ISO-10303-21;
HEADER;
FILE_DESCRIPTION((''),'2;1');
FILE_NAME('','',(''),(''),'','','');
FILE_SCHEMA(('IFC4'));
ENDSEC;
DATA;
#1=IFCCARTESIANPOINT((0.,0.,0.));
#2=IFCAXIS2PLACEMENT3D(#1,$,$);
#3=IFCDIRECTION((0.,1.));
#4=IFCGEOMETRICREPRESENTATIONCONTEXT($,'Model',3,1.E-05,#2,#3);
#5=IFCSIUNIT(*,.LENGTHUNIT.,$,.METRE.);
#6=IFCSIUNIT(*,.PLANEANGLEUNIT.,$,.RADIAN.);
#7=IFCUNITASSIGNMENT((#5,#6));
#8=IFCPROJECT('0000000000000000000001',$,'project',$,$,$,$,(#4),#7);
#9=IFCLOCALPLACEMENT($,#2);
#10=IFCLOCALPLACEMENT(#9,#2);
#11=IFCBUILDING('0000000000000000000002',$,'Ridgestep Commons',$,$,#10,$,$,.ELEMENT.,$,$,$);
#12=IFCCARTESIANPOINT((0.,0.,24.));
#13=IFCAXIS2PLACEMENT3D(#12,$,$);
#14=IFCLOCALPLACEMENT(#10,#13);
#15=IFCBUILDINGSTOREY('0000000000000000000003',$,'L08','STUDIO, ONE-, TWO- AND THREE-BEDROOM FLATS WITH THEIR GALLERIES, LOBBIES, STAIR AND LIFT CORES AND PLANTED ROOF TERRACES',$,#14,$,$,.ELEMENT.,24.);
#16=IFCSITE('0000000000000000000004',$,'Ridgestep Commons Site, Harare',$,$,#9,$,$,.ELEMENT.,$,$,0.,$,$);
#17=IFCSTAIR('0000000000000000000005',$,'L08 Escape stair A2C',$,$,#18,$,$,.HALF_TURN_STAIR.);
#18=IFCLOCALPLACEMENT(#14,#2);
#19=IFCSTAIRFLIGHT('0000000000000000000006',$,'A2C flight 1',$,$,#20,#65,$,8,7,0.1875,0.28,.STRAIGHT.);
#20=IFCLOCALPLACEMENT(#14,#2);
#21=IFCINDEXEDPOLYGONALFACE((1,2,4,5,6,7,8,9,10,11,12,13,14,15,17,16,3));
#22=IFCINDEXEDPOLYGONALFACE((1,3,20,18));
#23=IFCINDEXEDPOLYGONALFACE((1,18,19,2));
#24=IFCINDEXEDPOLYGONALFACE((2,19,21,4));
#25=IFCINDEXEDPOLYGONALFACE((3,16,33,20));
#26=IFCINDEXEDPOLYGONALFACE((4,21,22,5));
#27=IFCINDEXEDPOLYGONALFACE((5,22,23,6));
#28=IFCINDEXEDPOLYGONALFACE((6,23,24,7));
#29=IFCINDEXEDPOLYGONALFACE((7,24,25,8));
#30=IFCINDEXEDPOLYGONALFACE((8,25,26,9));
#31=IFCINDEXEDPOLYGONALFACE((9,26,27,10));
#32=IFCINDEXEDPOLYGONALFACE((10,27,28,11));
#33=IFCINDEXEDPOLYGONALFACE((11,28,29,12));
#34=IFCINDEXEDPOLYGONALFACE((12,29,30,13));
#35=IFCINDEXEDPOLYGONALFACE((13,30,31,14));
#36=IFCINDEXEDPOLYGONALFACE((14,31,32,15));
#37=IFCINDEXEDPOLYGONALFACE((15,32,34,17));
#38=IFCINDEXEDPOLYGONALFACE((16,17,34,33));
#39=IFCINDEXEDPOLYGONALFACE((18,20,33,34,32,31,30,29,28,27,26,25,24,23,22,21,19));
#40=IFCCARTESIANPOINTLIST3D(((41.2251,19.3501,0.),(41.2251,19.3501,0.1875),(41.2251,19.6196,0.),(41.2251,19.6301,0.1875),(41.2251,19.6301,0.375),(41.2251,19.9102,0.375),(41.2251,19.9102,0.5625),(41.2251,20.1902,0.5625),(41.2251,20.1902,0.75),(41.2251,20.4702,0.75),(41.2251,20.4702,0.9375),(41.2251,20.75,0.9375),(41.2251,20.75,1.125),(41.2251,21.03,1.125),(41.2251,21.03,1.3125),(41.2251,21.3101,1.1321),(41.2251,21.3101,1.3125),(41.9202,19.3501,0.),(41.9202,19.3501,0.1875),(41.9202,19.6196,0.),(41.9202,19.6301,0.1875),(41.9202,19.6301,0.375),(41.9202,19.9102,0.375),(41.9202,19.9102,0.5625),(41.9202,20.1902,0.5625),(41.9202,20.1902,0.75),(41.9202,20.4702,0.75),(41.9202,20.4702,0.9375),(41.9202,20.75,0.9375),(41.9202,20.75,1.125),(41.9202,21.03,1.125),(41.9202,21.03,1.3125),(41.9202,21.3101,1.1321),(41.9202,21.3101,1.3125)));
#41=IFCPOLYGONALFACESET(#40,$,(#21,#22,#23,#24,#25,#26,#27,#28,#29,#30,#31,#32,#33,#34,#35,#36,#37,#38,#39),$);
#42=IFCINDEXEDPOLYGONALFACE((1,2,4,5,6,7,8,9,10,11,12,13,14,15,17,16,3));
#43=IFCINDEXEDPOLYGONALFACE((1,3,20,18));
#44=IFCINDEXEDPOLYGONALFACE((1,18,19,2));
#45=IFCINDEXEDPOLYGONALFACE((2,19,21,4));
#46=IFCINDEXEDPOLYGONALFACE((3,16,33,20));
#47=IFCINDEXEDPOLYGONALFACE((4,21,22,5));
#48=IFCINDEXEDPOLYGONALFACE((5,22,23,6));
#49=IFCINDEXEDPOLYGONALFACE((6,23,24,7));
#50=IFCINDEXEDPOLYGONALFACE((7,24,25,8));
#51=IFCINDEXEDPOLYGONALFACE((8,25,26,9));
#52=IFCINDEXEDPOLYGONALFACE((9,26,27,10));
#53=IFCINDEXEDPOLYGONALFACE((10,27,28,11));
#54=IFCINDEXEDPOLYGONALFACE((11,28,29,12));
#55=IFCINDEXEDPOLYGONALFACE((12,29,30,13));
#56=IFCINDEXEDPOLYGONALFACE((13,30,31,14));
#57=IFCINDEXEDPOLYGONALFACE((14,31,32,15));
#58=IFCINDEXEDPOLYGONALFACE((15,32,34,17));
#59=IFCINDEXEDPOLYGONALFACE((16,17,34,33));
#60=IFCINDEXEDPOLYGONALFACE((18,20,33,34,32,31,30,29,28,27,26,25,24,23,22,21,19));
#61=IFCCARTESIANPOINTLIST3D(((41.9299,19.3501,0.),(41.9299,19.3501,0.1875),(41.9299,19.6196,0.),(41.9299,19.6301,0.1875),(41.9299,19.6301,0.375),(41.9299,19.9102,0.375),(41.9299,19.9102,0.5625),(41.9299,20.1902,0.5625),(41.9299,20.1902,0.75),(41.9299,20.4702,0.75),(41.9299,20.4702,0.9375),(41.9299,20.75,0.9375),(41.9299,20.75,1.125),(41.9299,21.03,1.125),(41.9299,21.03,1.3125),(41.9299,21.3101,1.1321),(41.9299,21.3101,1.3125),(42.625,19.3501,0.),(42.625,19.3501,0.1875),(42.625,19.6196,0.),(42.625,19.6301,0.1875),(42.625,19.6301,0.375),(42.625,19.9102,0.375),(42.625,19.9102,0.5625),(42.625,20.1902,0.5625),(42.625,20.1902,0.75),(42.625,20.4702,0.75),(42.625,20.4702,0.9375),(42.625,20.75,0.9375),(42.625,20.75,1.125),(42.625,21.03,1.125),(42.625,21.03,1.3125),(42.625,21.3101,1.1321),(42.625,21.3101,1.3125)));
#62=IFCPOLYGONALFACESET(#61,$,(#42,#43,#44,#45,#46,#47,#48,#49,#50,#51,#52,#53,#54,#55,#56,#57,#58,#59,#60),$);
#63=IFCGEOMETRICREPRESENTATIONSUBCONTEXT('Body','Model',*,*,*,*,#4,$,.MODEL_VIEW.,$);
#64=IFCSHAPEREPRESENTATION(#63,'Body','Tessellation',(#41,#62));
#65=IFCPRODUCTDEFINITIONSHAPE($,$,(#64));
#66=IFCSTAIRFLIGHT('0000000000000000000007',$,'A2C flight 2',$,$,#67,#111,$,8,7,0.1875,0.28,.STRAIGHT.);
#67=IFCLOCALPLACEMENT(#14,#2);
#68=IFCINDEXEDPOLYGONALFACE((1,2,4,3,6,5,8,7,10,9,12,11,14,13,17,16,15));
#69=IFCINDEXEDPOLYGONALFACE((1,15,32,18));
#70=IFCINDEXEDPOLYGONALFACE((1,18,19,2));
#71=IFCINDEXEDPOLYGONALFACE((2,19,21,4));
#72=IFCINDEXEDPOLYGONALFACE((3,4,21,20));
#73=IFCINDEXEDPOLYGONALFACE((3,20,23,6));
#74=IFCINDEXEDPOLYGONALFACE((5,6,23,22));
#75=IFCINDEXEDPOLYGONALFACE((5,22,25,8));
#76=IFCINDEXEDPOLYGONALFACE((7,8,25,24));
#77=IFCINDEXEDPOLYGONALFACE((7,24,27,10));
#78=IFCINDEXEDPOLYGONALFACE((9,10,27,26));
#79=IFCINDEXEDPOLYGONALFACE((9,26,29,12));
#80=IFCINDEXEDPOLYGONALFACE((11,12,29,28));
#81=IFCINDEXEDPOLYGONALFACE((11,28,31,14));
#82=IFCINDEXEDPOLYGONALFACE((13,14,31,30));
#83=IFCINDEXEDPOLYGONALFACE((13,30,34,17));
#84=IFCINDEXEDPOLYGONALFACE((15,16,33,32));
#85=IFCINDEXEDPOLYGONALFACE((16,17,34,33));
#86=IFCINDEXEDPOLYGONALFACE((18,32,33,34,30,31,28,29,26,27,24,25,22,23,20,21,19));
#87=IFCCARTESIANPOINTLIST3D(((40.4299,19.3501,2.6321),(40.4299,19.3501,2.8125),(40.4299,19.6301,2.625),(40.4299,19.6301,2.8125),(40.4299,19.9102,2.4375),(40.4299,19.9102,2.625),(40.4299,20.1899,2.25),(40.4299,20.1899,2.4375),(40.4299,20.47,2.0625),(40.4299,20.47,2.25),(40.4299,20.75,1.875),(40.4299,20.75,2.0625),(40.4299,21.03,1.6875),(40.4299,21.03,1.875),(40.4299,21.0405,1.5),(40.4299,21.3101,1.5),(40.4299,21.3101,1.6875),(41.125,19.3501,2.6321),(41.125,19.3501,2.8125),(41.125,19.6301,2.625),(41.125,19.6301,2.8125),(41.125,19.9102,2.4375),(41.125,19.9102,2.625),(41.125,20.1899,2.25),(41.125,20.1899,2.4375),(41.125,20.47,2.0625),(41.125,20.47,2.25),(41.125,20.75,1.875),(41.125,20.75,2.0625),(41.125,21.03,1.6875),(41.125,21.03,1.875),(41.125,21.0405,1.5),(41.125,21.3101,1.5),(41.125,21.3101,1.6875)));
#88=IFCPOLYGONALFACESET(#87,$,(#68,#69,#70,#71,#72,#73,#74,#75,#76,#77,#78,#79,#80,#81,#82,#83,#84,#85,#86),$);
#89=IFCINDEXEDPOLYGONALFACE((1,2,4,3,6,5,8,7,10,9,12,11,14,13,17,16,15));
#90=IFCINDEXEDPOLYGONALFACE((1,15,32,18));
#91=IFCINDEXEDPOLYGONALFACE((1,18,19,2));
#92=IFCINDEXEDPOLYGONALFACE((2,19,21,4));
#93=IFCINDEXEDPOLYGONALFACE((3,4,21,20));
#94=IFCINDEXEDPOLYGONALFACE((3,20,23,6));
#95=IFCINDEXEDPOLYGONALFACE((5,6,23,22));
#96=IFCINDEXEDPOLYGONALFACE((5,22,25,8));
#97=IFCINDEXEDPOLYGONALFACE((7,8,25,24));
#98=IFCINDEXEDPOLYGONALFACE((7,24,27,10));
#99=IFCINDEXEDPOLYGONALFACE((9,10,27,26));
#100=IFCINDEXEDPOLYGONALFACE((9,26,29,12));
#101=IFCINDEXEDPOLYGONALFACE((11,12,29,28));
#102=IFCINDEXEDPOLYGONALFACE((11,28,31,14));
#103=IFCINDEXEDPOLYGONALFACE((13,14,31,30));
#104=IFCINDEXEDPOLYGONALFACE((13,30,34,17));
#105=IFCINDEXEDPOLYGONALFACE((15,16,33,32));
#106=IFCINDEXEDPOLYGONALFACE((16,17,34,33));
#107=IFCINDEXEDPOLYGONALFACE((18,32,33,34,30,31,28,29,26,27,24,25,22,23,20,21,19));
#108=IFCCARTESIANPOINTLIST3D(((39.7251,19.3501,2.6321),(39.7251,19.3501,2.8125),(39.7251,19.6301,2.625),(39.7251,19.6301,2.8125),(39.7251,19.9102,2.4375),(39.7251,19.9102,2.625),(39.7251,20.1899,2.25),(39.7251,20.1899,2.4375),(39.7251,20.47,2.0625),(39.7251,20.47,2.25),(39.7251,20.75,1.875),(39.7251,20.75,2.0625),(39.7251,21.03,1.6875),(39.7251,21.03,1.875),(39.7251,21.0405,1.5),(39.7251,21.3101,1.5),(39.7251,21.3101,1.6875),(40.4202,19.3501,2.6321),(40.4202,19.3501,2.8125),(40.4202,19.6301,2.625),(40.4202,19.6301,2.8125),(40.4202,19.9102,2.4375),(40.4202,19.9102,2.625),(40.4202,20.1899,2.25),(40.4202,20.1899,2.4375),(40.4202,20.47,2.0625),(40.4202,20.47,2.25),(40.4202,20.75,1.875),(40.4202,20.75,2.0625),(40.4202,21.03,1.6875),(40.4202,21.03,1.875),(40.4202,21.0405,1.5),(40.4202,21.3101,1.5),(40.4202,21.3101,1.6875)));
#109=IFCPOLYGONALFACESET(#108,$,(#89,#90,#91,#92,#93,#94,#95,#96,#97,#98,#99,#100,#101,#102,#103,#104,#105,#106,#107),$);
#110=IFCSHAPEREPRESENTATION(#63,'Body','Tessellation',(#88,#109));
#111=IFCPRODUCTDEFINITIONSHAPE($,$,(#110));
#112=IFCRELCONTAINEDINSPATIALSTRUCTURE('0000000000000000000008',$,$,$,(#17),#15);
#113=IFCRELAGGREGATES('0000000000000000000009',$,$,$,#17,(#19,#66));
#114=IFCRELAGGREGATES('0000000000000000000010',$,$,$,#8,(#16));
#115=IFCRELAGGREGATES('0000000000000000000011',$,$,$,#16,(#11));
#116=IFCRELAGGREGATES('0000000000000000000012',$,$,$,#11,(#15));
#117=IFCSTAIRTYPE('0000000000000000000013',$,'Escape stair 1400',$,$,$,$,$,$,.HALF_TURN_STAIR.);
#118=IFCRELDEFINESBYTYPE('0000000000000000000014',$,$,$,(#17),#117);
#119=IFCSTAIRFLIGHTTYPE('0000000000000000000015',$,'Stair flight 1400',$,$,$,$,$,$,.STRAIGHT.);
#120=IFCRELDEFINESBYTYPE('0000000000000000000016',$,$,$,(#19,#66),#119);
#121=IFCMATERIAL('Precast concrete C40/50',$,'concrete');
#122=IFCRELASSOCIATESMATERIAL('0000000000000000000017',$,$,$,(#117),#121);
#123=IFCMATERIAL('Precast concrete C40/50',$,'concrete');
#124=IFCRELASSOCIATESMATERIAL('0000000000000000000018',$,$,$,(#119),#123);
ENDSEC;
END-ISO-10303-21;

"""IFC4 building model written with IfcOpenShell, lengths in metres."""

from ifc_helpers import new_model, si_unit, direction, frame, origin, place, context, subcontext, project, spatial, polyline, outline, extrude, material, type_object, element, aggregate, save


model = new_model("IFC4")

# Units and contexts
model_context = context("Model", 3, precision=1e-05, world=origin(), true_north=direction((0.0, 1.0)))
body_context = subcontext(model_context, "Body", "Model", "MODEL_VIEW")
ifc_project = project(units=[si_unit("LENGTHUNIT", "METRE"), si_unit("PLANEANGLEUNIT", "RADIAN")], contexts=[model_context])

# Site, building, storey
site_placement = place(None, origin())
site = spatial("IfcSite", under=ifc_project, at=site_placement, Name="Ridgestep Commons Site, Harare", CompositionType="ELEMENT", RefElevation=0.0)
building_placement = place(site_placement, origin())
building = spatial("IfcBuilding", under=site, at=building_placement, Name="Ridgestep Commons", CompositionType="ELEMENT")
storey_placement = place(building_placement, frame((0.0, 0.0, 24.0)))
storey = spatial("IfcBuildingStorey", under=building, at=storey_placement, Name="L08", Description="STUDIO, ONE-, TWO- AND THREE-BEDROOM FLATS WITH THEIR GALLERIES, LOBBIES, STAIR AND LIFT CORES AND PLANTED ROOF TERRACES", CompositionType="ELEMENT", Elevation=24.0)

# Stair, stair flights
ifc_material_1 = material(Name="Precast concrete C40/50", Category="concrete")
stair_type = type_object("IfcStairType", Name="Escape stair 1400", PredefinedType="HALF_TURN_STAIR", material=ifc_material_1)
stair_placement = place(storey_placement, origin())
stair = element("IfcStair", 1, at=stair_placement, inside=storey, type_object=stair_type, Name="L08 Escape stair A2C", PredefinedType="HALF_TURN_STAIR")
ifc_material_2 = material(Name="Precast concrete C40/50", Category="concrete")
stair_flight_type = type_object("IfcStairFlightType", Name="Stair flight 1400", PredefinedType="STRAIGHT", material=ifc_material_2)
stair_flight_1_placement = place(storey_placement, frame((41.925, 19.3501, 0.0), z_axis=(0.0, 0.0, 1.0), x_axis=(0.0, 1.0, 0.0)))
stair_flight_1 = element("IfcStairFlight", 2, at=stair_flight_1_placement, type_object=stair_flight_type, Name="A2C flight 1", NumberOfRisers=8, NumberOfTreads=7, PredefinedType="STRAIGHT", RiserHeight=0.1875, TreadLength=0.28, context=body_context, shape_type="SweptSolid", body=[
    extrude(outline(polyline([(0.0, 0.0), (0.0, 0.1875), (0.28, 0.1875), (0.28, 0.375), (0.5601, 0.375), (0.5601, 0.5625), (0.8401, 0.5625), (0.8401, 0.75), (1.1201, 0.75), (1.1201, 0.9375), (1.3999, 0.9375), (1.3999, 1.125), (1.6799, 1.125), (1.6799, 1.3125), (1.96, 1.3125), (1.96, 1.5), (1.96, 1.1321), (0.2695, 0.0), (0.0, 0.0)])), frame((0.0, 0.7, 0.0), z_axis=(0.0, -1.0, 0.0), x_axis=(1.0, 0.0, 0.0)), (0.0, 0.0, 1.0), 0.6951),
    extrude(outline(polyline([(0.0, 0.0), (0.0, 0.1875), (0.28, 0.1875), (0.28, 0.375), (0.5601, 0.375), (0.5601, 0.5625), (0.8401, 0.5625), (0.8401, 0.75), (1.1201, 0.75), (1.1201, 0.9375), (1.3999, 0.9375), (1.3999, 1.125), (1.6799, 1.125), (1.6799, 1.3125), (1.96, 1.3125), (1.96, 1.5), (1.96, 1.1321), (0.2695, 0.0), (0.0, 0.0)])), frame((0.0, -0.0049, 0.0), z_axis=(0.0, -1.0, 0.0), x_axis=(1.0, 0.0, 0.0)), (0.0, 0.0, 1.0), 0.6951),
])
stair_flight_2_placement = place(storey_placement, frame((40.425, 21.3101, 1.5), z_axis=(0.0, 0.0, 1.0), x_axis=(0.0, -1.0, 0.0)))
stair_flight_2 = element("IfcStairFlight", 3, at=stair_flight_2_placement, type_object=stair_flight_type, Name="A2C flight 2", NumberOfRisers=8, NumberOfTreads=7, PredefinedType="STRAIGHT", RiserHeight=0.1875, TreadLength=0.28, context=body_context, shape_type="SweptSolid", body=[
    extrude(outline(polyline([(0.0, 0.0), (0.0, 0.1875), (0.28, 0.1875), (0.28, 0.375), (0.5601, 0.375), (0.5601, 0.5625), (0.8401, 0.5625), (0.8401, 0.75), (1.1201, 0.75), (1.1201, 0.9375), (1.3999, 0.9375), (1.3999, 1.125), (1.6799, 1.125), (1.6799, 1.3125), (1.96, 1.3125), (1.96, 1.5), (1.96, 1.1321), (0.2695, 0.0), (0.0, 0.0)])), frame((0.0, 0.7, 0.0), z_axis=(0.0, -1.0, 0.0), x_axis=(1.0, 0.0, 0.0)), (0.0, 0.0, 1.0), 0.6951),
    extrude(outline(polyline([(0.0, 0.0), (0.0, 0.1875), (0.28, 0.1875), (0.28, 0.375), (0.5601, 0.375), (0.5601, 0.5625), (0.8401, 0.5625), (0.8401, 0.75), (1.1201, 0.75), (1.1201, 0.9375), (1.3999, 0.9375), (1.3999, 1.125), (1.6799, 1.125), (1.6799, 1.3125), (1.96, 1.3125), (1.96, 1.5), (1.96, 1.1321), (0.2695, 0.0), (0.0, 0.0)])), frame((0.0, -0.0049, 0.0), z_axis=(0.0, -1.0, 0.0), x_axis=(1.0, 0.0, 0.0)), (0.0, 0.0, 1.0), 0.6951),
])
aggregate(stair, [stair_flight_1, stair_flight_2])

save(model, "model.ifc")
